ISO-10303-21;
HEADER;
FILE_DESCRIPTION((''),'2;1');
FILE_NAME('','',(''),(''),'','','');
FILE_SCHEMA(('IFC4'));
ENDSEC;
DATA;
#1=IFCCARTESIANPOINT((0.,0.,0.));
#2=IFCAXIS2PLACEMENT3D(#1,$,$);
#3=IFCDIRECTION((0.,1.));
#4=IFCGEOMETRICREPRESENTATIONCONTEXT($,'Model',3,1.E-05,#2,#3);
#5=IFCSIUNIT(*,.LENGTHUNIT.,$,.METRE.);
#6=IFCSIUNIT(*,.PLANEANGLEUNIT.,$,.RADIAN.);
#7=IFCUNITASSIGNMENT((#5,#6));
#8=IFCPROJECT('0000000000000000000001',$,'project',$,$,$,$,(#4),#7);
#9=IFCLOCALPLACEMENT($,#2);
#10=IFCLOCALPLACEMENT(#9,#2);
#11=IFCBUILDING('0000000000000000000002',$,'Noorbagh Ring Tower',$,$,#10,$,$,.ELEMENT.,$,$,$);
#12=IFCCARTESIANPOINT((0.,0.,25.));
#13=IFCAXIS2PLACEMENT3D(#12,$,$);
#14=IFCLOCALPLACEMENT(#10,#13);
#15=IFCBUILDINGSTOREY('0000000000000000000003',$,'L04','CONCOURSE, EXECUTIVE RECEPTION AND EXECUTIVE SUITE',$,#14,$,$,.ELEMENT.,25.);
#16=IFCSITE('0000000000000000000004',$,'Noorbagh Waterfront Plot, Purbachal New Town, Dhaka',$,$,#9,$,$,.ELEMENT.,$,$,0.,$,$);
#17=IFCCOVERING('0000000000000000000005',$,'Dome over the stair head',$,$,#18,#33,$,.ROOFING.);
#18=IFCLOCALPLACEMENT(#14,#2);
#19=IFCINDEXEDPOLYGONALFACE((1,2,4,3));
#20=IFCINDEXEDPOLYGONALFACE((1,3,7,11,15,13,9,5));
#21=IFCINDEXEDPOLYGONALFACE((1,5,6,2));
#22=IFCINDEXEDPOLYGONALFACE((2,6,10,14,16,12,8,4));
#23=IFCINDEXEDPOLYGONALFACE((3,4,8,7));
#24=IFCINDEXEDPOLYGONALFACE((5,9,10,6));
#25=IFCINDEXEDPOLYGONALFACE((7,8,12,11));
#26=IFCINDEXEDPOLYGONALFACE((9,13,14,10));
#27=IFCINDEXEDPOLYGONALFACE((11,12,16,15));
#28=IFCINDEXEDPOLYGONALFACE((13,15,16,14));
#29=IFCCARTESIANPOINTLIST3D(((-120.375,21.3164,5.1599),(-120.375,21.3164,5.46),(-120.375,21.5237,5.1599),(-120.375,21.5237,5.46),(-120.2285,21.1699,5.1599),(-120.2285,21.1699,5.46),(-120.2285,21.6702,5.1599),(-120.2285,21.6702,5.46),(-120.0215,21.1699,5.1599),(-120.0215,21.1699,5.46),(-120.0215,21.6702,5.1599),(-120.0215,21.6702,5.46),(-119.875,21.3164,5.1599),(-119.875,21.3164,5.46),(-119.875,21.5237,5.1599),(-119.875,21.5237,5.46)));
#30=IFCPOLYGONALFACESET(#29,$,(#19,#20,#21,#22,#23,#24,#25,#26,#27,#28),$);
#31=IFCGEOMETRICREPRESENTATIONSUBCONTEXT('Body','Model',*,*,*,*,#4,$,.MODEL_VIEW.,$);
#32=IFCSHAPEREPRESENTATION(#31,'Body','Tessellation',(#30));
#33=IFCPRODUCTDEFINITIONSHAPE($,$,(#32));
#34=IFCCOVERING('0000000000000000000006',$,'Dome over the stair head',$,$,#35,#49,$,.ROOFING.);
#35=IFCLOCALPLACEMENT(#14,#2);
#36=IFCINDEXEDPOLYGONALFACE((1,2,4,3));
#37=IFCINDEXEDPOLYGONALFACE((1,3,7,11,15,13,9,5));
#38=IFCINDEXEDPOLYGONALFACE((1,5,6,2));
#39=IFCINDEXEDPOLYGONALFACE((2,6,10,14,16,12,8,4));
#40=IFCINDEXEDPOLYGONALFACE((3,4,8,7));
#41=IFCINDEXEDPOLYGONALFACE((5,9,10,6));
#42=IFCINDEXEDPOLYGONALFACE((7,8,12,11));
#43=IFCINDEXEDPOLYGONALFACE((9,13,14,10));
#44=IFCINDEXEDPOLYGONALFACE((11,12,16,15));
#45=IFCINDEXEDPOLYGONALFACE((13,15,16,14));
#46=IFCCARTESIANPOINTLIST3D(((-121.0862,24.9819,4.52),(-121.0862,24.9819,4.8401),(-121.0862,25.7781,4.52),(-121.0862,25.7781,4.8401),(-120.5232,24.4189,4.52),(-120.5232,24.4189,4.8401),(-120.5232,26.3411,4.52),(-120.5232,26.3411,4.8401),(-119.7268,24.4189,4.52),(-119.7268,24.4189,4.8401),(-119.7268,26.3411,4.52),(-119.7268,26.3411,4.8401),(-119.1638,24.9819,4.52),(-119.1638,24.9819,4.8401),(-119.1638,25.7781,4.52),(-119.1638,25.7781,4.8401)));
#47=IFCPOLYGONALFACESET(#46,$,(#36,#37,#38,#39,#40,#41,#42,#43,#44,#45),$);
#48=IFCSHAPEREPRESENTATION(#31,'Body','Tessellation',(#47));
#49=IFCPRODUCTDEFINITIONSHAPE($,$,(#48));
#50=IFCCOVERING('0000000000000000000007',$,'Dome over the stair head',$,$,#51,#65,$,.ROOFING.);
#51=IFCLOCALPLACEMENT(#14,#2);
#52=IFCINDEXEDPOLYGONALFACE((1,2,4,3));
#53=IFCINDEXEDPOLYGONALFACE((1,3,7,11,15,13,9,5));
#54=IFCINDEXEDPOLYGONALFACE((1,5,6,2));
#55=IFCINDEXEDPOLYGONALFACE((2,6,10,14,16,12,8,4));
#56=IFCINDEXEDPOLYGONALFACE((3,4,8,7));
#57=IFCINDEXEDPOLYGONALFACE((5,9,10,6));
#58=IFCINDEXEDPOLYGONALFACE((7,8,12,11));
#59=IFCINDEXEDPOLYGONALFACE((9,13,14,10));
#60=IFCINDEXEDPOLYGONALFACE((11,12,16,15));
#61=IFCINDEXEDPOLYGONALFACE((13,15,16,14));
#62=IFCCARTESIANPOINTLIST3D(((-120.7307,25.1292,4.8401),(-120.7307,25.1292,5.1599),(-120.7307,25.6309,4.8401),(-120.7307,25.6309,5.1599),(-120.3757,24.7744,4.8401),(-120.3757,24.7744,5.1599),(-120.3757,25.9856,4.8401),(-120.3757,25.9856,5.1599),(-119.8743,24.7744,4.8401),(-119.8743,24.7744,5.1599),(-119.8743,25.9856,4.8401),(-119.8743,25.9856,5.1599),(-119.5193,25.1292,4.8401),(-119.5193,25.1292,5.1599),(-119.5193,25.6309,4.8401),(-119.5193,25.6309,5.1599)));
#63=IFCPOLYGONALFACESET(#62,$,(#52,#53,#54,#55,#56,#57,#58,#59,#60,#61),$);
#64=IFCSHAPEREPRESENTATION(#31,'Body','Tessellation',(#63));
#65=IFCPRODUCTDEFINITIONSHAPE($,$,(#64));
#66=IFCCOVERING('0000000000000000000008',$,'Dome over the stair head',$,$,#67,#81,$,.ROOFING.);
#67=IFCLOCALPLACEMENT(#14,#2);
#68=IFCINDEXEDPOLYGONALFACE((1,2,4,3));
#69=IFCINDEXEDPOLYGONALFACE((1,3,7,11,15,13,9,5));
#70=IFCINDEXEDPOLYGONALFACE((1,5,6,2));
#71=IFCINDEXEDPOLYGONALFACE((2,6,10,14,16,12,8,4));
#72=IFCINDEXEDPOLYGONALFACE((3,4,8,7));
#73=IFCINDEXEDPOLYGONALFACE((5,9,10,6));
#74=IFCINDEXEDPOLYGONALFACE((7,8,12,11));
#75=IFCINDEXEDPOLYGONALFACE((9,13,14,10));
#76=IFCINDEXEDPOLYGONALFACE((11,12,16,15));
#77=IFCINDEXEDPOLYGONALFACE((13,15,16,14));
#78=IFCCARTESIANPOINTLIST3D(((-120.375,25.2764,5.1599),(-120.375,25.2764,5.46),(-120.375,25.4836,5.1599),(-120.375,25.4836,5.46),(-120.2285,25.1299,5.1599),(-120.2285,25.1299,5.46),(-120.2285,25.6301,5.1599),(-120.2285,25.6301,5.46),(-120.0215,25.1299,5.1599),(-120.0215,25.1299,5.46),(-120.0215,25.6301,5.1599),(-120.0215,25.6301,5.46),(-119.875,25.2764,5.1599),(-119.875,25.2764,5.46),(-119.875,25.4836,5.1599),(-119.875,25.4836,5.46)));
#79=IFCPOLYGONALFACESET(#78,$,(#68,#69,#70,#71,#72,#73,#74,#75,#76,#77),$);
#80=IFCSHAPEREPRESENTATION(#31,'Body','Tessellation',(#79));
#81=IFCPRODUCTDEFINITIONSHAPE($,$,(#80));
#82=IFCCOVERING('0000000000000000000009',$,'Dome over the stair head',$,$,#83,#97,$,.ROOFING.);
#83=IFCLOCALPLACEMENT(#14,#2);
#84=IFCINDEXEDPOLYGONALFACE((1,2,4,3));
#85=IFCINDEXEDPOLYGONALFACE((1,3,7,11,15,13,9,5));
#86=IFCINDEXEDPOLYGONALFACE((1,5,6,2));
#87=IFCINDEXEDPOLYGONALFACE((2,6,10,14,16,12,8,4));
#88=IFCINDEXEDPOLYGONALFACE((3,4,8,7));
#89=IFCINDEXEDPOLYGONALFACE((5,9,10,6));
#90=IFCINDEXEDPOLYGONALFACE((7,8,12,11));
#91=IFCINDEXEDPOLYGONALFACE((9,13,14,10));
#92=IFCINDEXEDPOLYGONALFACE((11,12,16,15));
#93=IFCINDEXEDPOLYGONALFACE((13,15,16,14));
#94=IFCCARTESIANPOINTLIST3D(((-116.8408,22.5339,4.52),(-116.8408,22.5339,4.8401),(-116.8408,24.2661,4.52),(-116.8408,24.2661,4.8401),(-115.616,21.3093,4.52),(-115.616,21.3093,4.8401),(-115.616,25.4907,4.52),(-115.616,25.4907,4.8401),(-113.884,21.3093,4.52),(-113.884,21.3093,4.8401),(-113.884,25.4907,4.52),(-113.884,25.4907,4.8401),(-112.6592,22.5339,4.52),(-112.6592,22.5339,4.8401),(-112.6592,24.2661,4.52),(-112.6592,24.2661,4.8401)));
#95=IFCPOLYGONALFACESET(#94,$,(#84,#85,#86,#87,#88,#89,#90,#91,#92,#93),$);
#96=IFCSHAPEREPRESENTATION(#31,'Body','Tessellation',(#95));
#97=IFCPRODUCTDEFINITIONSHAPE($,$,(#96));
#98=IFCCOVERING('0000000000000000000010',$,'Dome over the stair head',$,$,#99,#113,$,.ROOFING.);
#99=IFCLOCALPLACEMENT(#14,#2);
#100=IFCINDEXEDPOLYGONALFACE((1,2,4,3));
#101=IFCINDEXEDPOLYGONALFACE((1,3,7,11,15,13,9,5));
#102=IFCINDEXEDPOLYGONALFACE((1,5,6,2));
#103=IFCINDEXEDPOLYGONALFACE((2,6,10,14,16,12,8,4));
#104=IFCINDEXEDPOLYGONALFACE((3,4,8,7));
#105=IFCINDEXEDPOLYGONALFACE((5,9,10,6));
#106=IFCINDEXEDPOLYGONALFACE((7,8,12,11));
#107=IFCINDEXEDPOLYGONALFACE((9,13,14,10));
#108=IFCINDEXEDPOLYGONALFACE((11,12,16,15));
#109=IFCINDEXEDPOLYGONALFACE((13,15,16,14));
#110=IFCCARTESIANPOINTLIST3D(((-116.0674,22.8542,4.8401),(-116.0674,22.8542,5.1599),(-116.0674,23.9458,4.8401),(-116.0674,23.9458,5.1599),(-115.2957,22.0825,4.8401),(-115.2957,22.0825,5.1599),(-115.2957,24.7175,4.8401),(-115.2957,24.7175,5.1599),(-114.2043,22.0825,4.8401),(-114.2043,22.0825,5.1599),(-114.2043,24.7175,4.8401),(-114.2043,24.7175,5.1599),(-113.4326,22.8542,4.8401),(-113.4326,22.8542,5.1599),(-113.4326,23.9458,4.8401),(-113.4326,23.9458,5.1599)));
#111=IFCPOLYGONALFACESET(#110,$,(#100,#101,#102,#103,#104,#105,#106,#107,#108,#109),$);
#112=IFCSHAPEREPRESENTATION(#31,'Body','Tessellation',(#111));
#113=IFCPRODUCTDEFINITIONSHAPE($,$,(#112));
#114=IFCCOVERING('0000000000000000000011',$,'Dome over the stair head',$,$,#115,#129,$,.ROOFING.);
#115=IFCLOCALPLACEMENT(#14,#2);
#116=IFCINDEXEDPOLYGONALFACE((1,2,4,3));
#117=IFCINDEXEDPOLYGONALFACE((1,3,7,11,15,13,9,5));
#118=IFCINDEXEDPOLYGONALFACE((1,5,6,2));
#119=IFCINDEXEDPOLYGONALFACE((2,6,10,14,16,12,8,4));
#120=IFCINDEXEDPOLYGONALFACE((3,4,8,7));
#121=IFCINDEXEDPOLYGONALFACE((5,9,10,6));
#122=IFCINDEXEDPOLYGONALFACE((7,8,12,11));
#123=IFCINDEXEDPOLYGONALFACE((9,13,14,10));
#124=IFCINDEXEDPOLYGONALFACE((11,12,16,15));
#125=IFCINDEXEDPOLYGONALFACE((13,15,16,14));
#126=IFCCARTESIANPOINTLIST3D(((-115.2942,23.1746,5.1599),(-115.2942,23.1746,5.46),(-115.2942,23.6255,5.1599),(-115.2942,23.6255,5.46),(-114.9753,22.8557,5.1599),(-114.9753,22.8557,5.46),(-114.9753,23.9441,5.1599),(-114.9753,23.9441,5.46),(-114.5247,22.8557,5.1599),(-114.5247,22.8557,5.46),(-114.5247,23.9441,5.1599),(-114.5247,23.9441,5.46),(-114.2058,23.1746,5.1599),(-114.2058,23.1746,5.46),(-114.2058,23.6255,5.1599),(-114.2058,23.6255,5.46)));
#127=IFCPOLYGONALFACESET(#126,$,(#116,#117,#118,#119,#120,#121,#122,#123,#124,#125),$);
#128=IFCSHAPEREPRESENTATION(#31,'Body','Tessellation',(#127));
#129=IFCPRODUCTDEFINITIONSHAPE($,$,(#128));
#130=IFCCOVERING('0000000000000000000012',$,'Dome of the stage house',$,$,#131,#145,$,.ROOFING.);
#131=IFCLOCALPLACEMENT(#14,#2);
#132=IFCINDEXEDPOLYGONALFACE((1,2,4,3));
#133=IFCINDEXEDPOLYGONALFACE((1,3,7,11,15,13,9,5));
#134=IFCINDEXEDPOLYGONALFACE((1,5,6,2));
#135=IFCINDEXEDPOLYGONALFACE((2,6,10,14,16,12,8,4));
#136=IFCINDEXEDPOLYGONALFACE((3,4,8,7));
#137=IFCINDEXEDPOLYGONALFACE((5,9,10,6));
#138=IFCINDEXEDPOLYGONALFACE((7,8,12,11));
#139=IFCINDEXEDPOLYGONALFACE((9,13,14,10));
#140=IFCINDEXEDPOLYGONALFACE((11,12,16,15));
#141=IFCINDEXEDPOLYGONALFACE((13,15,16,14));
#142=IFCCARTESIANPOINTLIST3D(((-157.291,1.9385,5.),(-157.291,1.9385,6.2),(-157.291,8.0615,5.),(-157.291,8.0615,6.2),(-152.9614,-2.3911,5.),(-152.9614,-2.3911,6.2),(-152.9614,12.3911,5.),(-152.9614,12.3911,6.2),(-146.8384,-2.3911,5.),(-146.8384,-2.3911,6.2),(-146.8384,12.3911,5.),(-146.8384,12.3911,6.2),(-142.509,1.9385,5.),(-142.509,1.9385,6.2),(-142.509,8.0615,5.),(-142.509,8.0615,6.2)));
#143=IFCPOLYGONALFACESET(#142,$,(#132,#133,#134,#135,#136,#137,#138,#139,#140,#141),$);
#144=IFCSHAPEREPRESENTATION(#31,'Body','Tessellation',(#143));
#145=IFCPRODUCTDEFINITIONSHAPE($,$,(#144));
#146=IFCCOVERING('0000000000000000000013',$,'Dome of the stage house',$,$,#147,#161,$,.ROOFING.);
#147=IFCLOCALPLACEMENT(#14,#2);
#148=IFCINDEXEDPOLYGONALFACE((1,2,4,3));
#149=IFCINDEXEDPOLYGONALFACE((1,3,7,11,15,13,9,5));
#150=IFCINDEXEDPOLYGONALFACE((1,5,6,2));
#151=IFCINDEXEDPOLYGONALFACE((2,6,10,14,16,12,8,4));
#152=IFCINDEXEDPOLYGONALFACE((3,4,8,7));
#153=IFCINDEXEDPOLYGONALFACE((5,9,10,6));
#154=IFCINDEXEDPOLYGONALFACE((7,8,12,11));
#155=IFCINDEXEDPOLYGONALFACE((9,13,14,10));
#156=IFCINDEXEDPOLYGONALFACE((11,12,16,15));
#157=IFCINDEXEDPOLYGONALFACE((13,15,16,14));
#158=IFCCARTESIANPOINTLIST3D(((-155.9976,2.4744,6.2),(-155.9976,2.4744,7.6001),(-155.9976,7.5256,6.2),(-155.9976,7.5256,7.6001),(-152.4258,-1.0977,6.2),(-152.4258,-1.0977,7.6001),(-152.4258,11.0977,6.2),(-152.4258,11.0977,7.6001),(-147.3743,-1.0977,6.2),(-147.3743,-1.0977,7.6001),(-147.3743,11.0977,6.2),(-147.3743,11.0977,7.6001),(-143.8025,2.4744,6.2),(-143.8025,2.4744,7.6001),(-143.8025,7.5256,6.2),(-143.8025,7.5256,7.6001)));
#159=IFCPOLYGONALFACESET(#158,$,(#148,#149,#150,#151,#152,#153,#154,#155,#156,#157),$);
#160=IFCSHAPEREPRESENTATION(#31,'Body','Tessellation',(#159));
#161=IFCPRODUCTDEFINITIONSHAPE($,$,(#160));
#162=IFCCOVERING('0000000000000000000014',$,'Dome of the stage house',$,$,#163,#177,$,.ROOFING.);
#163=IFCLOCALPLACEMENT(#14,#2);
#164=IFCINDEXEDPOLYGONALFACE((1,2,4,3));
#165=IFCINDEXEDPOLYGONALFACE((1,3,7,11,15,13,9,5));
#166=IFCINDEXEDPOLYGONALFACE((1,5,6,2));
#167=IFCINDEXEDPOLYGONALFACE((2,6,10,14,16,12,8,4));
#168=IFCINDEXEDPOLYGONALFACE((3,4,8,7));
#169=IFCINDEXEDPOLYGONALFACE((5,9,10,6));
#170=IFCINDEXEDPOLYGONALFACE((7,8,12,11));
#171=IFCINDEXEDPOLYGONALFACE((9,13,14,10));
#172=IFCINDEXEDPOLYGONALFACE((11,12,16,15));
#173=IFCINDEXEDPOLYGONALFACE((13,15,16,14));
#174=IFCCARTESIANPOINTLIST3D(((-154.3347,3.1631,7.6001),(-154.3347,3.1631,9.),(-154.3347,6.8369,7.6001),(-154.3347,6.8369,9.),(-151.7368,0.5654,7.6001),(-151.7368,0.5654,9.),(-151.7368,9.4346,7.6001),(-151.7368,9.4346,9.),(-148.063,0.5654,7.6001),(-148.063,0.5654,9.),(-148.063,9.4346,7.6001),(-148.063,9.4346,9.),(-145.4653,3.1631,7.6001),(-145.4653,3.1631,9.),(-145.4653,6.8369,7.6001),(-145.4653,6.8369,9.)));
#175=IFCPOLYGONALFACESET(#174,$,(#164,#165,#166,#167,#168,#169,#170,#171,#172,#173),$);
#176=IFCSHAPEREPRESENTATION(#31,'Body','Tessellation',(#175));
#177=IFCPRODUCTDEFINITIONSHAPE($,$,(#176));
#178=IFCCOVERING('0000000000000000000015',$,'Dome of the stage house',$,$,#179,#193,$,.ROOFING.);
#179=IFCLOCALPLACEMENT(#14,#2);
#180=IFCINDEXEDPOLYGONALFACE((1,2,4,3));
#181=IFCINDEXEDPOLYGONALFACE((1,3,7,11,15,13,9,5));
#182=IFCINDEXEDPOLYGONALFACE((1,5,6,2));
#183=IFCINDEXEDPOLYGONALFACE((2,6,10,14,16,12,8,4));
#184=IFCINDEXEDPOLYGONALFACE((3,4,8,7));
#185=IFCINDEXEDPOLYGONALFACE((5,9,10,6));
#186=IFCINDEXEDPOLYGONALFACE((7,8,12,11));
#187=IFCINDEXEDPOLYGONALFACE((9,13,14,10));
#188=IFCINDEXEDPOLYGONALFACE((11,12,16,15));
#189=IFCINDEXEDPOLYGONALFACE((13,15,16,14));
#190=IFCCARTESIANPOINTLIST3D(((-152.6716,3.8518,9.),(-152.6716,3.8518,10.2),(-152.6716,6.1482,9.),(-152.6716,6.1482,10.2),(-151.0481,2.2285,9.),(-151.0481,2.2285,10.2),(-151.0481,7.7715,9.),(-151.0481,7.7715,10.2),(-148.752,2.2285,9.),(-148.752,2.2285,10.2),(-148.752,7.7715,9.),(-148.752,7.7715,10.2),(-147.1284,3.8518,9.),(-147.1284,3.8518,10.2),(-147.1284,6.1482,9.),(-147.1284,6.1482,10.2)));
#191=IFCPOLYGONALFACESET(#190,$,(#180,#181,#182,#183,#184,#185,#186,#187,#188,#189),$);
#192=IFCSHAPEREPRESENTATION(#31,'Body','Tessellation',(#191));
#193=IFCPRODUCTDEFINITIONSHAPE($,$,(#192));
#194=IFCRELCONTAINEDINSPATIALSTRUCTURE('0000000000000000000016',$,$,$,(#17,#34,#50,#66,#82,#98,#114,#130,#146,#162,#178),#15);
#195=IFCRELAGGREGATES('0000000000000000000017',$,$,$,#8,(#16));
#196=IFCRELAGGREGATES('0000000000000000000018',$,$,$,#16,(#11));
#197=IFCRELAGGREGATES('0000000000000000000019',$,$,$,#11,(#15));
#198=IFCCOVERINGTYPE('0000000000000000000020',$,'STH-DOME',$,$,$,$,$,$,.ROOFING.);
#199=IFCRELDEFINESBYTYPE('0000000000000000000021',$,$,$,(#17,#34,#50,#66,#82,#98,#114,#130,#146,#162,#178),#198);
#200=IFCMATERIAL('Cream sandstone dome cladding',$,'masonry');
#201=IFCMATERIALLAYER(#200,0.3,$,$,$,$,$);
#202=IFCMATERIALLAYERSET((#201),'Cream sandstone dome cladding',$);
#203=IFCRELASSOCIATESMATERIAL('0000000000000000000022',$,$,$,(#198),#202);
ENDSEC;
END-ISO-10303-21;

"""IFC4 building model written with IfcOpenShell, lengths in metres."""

from ifc_helpers import new_model, si_unit, direction, frame, origin, place, context, subcontext, project, spatial, polyline, outline, extrude, material, layer, layer_set, type_object, element, save


model = new_model("IFC4")

# Units and contexts
model_context = context("Model", 3, precision=1e-05, world=origin(), true_north=direction((0.0, 1.0)))
body_context = subcontext(model_context, "Body", "Model", "MODEL_VIEW")
ifc_project = project(units=[si_unit("LENGTHUNIT", "METRE"), si_unit("PLANEANGLEUNIT", "RADIAN")], contexts=[model_context])

# Site, building, storey
site_placement = place(None, origin())
site = spatial("IfcSite", under=ifc_project, at=site_placement, Name="Noorbagh Waterfront Plot, Purbachal New Town, Dhaka", CompositionType="ELEMENT", RefElevation=0.0)
building_placement = place(site_placement, origin())
building = spatial("IfcBuilding", under=site, at=building_placement, Name="Noorbagh Ring Tower", CompositionType="ELEMENT")
storey_placement = place(building_placement, frame((0.0, 0.0, 25.0)))
storey = spatial("IfcBuildingStorey", under=building, at=storey_placement, Name="L04", Description="CONCOURSE, EXECUTIVE RECEPTION AND EXECUTIVE SUITE", CompositionType="ELEMENT", Elevation=25.0)

# Coverings
ifc_material = material(Name="Cream sandstone dome cladding", Category="masonry")
ifc_layer = layer(ifc_material, 0.3)
ifc_layer_set = layer_set([ifc_layer], Name="Cream sandstone dome cladding")
covering_type = type_object("IfcCoveringType", Name="STH-DOME", PredefinedType="ROOFING", material=ifc_layer_set)
covering_1_placement = place(storey_placement, frame((0.0, 0.0, 5.1599)))
element("IfcCovering", 1, at=covering_1_placement, inside=storey, type_object=covering_type, Name="Dome over the stair head", PredefinedType="ROOFING", context=body_context, shape_type="SweptSolid", body=[
    extrude(outline(polyline([(-119.875, 21.5237), (-120.0215, 21.6702), (-120.2285, 21.6702), (-120.375, 21.5237), (-120.375, 21.3164), (-120.2285, 21.1699), (-120.0215, 21.1699), (-119.875, 21.3164), (-119.875, 21.5237)])), origin(), (0.0, 0.0, 1.0), 0.3),
])
covering_2_placement = place(storey_placement, frame((0.0, 0.0, 4.52)))
element("IfcCovering", 2, at=covering_2_placement, inside=storey, type_object=covering_type, Name="Dome over the stair head", PredefinedType="ROOFING", context=body_context, shape_type="SweptSolid", body=[
    extrude(outline(polyline([(-119.1638, 25.7781), (-119.7268, 26.3411), (-120.5232, 26.3411), (-121.0862, 25.7781), (-121.0862, 24.9819), (-120.5232, 24.4189), (-119.7268, 24.4189), (-119.1638, 24.9819), (-119.1638, 25.7781)])), origin(), (0.0, 0.0, 1.0), 0.3201),
])
covering_3_placement = place(storey_placement, frame((0.0, 0.0, 4.8401)))
element("IfcCovering", 3, at=covering_3_placement, inside=storey, type_object=covering_type, Name="Dome over the stair head", PredefinedType="ROOFING", context=body_context, shape_type="SweptSolid", body=[
    extrude(outline(polyline([(-119.5193, 25.6309), (-119.8743, 25.9856), (-120.3757, 25.9856), (-120.7307, 25.6309), (-120.7307, 25.1292), (-120.3757, 24.7744), (-119.8743, 24.7744), (-119.5193, 25.1292), (-119.5193, 25.6309)])), origin(), (0.0, 0.0, 1.0), 0.3198),
])
covering_4_placement = place(storey_placement, frame((0.0, 0.0, 5.1599)))
element("IfcCovering", 4, at=covering_4_placement, inside=storey, type_object=covering_type, Name="Dome over the stair head", PredefinedType="ROOFING", context=body_context, shape_type="SweptSolid", body=[
    extrude(outline(polyline([(-119.875, 25.4836), (-120.0215, 25.6301), (-120.2285, 25.6301), (-120.375, 25.4836), (-120.375, 25.2764), (-120.2285, 25.1299), (-120.0215, 25.1299), (-119.875, 25.2764), (-119.875, 25.4836)])), origin(), (0.0, 0.0, 1.0), 0.3),
])
covering_5_placement = place(storey_placement, frame((0.0, 0.0, 4.52)))
element("IfcCovering", 5, at=covering_5_placement, inside=storey, type_object=covering_type, Name="Dome over the stair head", PredefinedType="ROOFING", context=body_context, shape_type="SweptSolid", body=[
    extrude(outline(polyline([(-112.6592, 24.2661), (-113.884, 25.4907), (-115.616, 25.4907), (-116.8408, 24.2661), (-116.8408, 22.5339), (-115.616, 21.3093), (-113.884, 21.3093), (-112.6592, 22.5339), (-112.6592, 24.2661)])), origin(), (0.0, 0.0, 1.0), 0.3201),
])
covering_6_placement = place(storey_placement, frame((0.0, 0.0, 4.8401)))
element("IfcCovering", 6, at=covering_6_placement, inside=storey, type_object=covering_type, Name="Dome over the stair head", PredefinedType="ROOFING", context=body_context, shape_type="SweptSolid", body=[
    extrude(outline(polyline([(-113.4326, 23.9458), (-114.2043, 24.7175), (-115.2957, 24.7175), (-116.0674, 23.9458), (-116.0674, 22.8542), (-115.2957, 22.0825), (-114.2043, 22.0825), (-113.4326, 22.8542), (-113.4326, 23.9458)])), origin(), (0.0, 0.0, 1.0), 0.3198),
])
covering_7_placement = place(storey_placement, frame((0.0, 0.0, 5.1599)))
element("IfcCovering", 7, at=covering_7_placement, inside=storey, type_object=covering_type, Name="Dome over the stair head", PredefinedType="ROOFING", context=body_context, shape_type="SweptSolid", body=[
    extrude(outline(polyline([(-114.2058, 23.6255), (-114.5247, 23.9441), (-114.9753, 23.9441), (-115.2942, 23.6255), (-115.2942, 23.1746), (-114.9753, 22.8557), (-114.5247, 22.8557), (-114.2058, 23.1746), (-114.2058, 23.6255)])), origin(), (0.0, 0.0, 1.0), 0.3),
])
covering_8_placement = place(storey_placement, frame((0.0, 0.0, 5.0)))
element("IfcCovering", 8, at=covering_8_placement, inside=storey, type_object=covering_type, Name="Dome of the stage house", PredefinedType="ROOFING", context=body_context, shape_type="SweptSolid", body=[
    extrude(outline(polyline([(-142.509, 8.0615), (-146.8384, 12.3911), (-152.9614, 12.3911), (-157.291, 8.0615), (-157.291, 1.9385), (-152.9614, -2.3911), (-146.8384, -2.3911), (-142.509, 1.9385), (-142.509, 8.0615)])), origin(), (0.0, 0.0, 1.0), 1.2),
])
covering_9_placement = place(storey_placement, frame((0.0, 0.0, 6.2)))
element("IfcCovering", 9, at=covering_9_placement, inside=storey, type_object=covering_type, Name="Dome of the stage house", PredefinedType="ROOFING", context=body_context, shape_type="SweptSolid", body=[
    extrude(outline(polyline([(-143.8025, 7.5256), (-147.3743, 11.0977), (-152.4258, 11.0977), (-155.9976, 7.5256), (-155.9976, 2.4744), (-152.4258, -1.0977), (-147.3743, -1.0977), (-143.8025, 2.4744), (-143.8025, 7.5256)])), origin(), (0.0, 0.0, 1.0), 1.4001),
])
covering_10_placement = place(storey_placement, frame((0.0, 0.0, 7.6001)))
element("IfcCovering", 10, at=covering_10_placement, inside=storey, type_object=covering_type, Name="Dome of the stage house", PredefinedType="ROOFING", context=body_context, shape_type="SweptSolid", body=[
    extrude(outline(polyline([(-145.4653, 6.8369), (-148.063, 9.4346), (-151.7368, 9.4346), (-154.3347, 6.8369), (-154.3347, 3.1631), (-151.7368, 0.5654), (-148.063, 0.5654), (-145.4653, 3.1631), (-145.4653, 6.8369)])), origin(), (0.0, 0.0, 1.0), 1.3999),
])
covering_11_placement = place(storey_placement, frame((0.0, 0.0, 9.0)))
element("IfcCovering", 11, at=covering_11_placement, inside=storey, type_object=covering_type, Name="Dome of the stage house", PredefinedType="ROOFING", context=body_context, shape_type="SweptSolid", body=[
    extrude(outline(polyline([(-147.1284, 6.1482), (-148.752, 7.7715), (-151.0481, 7.7715), (-152.6716, 6.1482), (-152.6716, 3.8518), (-151.0481, 2.2285), (-148.752, 2.2285), (-147.1284, 3.8518), (-147.1284, 6.1482)])), origin(), (0.0, 0.0, 1.0), 1.2),
])

save(model, "model.ifc")
